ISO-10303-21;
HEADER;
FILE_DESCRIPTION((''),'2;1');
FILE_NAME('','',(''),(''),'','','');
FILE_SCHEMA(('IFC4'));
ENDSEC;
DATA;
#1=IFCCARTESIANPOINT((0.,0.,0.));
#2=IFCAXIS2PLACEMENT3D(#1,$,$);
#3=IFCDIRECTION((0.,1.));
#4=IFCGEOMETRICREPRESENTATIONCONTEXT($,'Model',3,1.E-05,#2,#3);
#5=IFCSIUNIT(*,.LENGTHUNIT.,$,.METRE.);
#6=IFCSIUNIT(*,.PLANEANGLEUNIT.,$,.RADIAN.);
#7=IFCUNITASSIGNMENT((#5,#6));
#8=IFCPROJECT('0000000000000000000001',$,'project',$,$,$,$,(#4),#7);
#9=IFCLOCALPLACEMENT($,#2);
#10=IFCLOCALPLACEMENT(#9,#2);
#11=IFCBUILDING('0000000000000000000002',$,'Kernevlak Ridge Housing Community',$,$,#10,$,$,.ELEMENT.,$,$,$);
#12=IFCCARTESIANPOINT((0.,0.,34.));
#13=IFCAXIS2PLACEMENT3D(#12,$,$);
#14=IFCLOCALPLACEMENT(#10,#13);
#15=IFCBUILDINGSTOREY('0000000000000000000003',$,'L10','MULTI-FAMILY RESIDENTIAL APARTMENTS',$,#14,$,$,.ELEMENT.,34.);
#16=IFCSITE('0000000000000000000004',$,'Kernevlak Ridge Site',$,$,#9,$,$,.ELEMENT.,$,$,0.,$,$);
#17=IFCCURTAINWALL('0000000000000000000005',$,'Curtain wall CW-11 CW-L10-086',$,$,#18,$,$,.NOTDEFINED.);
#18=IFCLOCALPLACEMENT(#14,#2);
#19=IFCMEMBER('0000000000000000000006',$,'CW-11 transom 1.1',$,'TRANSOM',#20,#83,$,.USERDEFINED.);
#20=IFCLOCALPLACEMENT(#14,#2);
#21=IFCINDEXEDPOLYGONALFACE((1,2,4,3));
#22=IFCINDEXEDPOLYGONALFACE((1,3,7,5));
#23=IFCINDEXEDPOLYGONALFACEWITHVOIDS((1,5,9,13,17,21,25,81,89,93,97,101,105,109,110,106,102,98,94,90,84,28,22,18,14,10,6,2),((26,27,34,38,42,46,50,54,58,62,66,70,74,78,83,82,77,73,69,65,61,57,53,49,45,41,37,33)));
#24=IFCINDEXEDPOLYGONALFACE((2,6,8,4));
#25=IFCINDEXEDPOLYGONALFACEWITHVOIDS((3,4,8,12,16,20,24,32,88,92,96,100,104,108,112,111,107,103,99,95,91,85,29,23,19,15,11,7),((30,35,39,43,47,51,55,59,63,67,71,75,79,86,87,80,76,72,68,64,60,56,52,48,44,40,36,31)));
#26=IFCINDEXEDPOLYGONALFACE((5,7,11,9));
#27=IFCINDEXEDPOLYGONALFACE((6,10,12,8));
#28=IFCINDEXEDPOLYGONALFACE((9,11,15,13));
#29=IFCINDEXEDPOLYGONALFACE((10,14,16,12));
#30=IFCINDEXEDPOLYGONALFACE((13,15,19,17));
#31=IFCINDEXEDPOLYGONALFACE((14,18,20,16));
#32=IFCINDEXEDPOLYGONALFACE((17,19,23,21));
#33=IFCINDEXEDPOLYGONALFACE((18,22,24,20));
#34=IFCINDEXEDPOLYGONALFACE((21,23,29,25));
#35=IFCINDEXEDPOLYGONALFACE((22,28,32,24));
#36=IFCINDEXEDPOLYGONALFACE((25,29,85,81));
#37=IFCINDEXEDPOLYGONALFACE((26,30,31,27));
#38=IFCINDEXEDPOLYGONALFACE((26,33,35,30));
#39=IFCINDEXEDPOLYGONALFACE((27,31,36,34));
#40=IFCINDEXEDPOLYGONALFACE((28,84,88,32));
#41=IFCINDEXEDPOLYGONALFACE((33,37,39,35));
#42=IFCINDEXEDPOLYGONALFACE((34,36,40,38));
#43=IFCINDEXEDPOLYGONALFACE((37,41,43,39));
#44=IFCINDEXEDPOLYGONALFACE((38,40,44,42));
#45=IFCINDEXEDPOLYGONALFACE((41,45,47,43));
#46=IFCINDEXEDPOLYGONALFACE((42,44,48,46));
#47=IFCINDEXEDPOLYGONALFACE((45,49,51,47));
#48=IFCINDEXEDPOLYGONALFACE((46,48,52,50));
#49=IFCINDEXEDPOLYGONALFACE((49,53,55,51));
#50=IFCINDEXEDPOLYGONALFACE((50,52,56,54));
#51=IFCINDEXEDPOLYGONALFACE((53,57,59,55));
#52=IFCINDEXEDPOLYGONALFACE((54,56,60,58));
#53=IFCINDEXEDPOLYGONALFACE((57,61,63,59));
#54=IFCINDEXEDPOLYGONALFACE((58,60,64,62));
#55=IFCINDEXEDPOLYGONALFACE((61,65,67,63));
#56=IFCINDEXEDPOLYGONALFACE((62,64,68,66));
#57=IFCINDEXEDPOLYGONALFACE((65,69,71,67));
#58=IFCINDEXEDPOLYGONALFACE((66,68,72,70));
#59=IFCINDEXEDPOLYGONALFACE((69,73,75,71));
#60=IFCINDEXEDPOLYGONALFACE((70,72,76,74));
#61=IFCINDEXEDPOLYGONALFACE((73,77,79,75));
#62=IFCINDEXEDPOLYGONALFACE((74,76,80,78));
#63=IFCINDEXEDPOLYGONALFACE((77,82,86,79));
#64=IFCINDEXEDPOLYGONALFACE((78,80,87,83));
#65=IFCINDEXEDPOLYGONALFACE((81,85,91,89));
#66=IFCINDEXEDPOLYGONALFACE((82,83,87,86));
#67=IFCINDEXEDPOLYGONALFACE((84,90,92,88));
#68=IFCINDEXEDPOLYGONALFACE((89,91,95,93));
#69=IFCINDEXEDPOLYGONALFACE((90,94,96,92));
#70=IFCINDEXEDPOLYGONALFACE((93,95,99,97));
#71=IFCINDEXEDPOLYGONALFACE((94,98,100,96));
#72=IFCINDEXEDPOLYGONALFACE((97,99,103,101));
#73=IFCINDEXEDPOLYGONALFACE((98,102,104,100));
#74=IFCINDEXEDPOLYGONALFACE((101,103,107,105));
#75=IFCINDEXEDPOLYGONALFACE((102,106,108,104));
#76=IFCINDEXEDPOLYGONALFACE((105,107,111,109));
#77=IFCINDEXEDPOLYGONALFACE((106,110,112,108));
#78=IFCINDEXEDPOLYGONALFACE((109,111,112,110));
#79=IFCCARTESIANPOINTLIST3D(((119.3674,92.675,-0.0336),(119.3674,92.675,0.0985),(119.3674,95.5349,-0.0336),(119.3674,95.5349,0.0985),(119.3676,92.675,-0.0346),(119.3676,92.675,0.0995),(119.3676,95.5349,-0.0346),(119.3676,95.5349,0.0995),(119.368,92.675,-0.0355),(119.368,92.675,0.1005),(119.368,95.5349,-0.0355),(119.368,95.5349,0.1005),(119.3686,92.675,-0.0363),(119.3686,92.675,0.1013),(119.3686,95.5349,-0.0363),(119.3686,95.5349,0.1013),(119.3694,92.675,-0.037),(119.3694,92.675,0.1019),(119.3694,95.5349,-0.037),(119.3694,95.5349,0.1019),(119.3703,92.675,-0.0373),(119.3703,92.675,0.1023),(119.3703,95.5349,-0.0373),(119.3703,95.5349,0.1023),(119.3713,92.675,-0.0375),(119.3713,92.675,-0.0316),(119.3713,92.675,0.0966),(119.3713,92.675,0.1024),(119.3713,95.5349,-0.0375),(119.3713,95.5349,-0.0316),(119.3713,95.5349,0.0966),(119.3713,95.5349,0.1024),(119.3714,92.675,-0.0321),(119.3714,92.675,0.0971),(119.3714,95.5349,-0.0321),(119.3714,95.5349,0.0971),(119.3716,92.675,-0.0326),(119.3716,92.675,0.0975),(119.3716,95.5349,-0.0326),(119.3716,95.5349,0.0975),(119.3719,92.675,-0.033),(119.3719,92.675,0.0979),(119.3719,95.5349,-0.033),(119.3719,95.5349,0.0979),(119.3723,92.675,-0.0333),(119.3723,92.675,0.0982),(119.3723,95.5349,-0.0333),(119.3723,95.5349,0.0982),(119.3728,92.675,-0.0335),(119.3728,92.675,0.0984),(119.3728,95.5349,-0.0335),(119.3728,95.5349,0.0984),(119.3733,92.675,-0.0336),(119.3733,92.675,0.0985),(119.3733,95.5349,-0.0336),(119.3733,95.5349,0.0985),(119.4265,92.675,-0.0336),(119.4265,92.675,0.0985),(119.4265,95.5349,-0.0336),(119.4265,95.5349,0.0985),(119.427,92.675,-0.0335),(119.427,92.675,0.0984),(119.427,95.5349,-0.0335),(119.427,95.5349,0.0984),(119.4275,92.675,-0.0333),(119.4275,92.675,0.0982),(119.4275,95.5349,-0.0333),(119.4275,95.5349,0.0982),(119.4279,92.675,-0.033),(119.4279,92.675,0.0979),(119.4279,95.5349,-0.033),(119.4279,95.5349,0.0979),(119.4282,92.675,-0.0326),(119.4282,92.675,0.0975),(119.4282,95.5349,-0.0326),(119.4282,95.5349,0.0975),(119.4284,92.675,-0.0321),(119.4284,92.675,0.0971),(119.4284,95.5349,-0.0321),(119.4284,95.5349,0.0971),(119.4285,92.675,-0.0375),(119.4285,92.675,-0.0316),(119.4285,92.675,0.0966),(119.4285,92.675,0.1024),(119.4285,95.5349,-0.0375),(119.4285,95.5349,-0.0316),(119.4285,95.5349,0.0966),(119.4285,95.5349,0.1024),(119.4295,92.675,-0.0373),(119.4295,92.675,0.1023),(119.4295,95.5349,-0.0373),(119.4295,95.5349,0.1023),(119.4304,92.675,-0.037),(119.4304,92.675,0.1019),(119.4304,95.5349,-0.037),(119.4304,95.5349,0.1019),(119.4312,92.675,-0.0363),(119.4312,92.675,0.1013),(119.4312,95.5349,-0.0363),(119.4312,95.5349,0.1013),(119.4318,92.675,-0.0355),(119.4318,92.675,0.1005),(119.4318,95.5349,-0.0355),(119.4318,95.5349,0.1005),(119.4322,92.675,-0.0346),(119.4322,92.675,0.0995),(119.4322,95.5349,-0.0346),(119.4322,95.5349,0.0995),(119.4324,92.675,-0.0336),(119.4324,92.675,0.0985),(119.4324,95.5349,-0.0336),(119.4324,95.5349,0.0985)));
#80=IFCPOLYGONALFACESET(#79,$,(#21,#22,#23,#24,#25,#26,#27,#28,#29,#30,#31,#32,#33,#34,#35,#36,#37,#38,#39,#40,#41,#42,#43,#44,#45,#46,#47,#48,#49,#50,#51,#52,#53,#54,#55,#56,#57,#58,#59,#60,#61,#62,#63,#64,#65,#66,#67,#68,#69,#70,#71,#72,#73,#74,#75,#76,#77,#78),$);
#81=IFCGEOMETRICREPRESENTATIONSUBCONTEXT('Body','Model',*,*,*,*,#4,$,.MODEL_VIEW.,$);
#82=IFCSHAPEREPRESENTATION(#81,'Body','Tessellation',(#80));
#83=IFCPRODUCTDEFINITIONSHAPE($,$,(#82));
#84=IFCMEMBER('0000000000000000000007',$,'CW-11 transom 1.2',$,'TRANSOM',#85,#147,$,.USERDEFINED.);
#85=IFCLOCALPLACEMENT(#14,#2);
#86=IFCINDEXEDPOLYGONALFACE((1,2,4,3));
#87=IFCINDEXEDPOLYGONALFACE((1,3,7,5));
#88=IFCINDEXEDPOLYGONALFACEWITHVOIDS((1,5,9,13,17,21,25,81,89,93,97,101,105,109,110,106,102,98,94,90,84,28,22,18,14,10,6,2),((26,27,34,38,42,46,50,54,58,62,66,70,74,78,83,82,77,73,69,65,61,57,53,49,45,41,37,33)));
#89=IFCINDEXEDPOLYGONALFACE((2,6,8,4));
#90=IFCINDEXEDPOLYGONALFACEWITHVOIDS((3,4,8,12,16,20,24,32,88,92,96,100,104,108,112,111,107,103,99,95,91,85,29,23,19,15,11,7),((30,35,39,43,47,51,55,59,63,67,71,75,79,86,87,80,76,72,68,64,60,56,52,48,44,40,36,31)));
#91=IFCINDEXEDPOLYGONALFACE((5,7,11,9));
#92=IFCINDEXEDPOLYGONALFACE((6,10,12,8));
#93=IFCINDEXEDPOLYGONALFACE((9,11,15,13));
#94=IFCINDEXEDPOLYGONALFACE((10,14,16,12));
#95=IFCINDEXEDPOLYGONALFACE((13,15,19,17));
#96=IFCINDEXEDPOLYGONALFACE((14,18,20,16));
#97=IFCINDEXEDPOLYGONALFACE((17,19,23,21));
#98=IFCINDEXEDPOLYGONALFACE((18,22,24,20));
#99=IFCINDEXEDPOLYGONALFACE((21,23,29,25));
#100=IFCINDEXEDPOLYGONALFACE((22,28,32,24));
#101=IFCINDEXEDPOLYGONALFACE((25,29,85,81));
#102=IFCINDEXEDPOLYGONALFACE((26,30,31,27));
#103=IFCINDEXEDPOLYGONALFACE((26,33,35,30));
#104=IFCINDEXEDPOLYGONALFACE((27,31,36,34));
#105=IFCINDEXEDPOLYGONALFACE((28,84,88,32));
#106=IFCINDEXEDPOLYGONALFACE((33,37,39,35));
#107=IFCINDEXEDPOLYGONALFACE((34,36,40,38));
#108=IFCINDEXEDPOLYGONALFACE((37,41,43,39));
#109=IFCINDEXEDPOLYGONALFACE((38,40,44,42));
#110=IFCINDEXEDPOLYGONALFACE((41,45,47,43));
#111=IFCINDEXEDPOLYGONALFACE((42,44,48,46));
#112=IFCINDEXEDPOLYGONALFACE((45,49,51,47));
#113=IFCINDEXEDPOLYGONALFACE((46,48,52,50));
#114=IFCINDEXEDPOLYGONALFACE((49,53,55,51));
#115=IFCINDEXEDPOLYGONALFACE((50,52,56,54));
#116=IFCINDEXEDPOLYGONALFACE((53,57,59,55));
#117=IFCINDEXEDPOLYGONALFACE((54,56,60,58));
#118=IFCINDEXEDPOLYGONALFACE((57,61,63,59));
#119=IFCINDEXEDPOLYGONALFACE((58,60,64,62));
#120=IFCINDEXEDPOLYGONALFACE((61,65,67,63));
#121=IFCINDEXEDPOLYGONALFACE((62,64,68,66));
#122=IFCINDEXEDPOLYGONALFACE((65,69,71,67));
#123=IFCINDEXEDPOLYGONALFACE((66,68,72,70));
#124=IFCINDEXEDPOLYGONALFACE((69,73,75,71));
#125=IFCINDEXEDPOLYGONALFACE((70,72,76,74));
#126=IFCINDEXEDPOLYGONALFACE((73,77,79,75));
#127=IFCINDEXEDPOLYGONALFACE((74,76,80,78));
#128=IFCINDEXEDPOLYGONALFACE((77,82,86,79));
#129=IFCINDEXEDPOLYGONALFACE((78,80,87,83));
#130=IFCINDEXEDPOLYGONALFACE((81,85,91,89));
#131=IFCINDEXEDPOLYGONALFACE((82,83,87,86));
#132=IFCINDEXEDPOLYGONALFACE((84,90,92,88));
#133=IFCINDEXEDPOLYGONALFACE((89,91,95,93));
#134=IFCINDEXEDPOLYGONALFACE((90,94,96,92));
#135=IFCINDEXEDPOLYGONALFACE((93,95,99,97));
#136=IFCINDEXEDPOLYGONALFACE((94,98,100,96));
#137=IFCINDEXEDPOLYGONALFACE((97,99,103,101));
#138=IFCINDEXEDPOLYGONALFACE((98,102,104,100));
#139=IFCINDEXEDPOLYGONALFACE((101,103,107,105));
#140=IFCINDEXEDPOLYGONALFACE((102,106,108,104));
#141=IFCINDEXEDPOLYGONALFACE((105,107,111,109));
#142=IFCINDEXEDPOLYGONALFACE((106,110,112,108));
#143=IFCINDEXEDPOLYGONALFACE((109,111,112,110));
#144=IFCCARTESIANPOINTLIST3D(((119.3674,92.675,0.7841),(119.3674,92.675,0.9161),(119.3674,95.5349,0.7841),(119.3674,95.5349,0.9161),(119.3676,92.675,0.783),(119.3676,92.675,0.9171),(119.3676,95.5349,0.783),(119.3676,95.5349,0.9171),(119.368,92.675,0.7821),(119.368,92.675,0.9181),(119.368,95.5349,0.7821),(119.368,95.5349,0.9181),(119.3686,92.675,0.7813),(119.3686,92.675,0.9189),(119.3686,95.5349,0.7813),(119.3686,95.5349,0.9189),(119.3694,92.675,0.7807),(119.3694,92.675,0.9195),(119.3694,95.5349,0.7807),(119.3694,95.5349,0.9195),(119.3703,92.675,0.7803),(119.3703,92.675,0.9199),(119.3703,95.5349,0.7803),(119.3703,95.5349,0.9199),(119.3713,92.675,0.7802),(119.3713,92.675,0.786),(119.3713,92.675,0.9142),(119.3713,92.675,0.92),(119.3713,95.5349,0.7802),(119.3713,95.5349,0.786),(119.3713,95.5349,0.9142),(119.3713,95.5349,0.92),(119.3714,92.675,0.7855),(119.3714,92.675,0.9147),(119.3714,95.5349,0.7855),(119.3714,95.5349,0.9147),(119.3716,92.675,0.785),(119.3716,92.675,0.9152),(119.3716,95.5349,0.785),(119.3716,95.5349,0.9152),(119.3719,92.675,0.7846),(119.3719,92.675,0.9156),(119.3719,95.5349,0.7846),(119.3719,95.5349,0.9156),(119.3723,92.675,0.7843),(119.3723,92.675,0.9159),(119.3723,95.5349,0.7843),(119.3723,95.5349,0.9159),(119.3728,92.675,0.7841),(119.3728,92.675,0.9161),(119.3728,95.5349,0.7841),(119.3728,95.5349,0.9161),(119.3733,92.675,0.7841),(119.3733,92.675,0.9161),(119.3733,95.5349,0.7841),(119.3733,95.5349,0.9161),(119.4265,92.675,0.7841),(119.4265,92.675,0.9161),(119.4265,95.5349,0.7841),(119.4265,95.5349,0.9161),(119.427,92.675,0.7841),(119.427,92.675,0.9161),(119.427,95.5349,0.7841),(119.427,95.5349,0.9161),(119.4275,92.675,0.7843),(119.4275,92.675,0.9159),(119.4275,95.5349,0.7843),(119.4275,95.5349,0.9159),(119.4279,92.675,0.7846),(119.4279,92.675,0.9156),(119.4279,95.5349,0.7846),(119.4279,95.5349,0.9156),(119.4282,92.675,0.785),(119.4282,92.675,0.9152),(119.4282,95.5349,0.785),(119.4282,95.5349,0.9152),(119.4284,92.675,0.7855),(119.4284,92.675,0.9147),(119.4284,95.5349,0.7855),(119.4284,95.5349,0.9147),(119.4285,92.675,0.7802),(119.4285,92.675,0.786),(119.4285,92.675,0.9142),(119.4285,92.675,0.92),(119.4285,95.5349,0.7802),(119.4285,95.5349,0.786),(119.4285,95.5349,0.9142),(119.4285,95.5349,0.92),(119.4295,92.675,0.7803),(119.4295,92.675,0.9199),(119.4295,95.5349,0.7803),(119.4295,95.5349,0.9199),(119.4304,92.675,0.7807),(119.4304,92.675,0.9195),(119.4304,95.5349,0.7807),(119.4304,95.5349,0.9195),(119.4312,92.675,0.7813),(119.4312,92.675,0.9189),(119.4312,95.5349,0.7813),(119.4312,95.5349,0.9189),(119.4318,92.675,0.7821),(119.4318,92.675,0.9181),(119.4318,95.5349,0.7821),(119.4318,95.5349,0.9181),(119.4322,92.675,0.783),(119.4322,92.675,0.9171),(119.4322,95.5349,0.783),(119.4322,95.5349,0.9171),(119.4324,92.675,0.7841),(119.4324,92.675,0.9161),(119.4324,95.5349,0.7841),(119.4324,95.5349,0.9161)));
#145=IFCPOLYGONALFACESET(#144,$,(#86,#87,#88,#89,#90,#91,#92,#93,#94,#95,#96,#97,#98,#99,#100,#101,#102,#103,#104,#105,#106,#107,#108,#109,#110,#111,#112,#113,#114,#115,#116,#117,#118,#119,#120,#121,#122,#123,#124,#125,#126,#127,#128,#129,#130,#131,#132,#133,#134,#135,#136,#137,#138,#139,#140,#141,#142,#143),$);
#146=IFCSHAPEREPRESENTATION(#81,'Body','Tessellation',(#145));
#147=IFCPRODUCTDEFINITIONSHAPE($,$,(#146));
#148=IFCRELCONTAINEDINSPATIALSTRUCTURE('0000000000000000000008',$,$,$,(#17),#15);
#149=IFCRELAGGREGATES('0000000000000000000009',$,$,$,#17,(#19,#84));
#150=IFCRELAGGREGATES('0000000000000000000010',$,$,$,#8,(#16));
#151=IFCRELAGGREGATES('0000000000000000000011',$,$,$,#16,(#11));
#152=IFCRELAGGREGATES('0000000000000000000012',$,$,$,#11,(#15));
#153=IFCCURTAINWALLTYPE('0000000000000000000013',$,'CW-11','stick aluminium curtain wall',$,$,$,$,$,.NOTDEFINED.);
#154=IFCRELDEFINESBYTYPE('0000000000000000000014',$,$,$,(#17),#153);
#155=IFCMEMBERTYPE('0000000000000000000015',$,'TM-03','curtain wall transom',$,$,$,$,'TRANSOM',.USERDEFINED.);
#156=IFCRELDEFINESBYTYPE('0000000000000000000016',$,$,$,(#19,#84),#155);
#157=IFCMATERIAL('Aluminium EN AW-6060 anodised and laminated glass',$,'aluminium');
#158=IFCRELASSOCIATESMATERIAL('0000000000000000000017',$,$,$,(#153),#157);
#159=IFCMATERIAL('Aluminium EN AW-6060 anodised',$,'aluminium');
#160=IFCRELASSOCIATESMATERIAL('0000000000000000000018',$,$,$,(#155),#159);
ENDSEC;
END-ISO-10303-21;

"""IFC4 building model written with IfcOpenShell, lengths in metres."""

from ifc_helpers import new_model, si_unit, direction, frame, origin, origin_2d, place, context, subcontext, project, spatial, hollow_rectangle, extrude, material, material_profile, profile_set, type_object, element, aggregate, save


model = new_model("IFC4")

# Units and contexts
model_context = context("Model", 3, precision=1e-05, world=origin(), true_north=direction((0.0, 1.0)))
body_context = subcontext(model_context, "Body", "Model", "MODEL_VIEW")
ifc_project = project(units=[si_unit("LENGTHUNIT", "METRE"), si_unit("PLANEANGLEUNIT", "RADIAN")], contexts=[model_context])

# Site, building, storey
site_placement = place(None, origin())
site = spatial("IfcSite", under=ifc_project, at=site_placement, Name="Kernevlak Ridge Site", CompositionType="ELEMENT", RefElevation=0.0)
building_placement = place(site_placement, origin())
building = spatial("IfcBuilding", under=site, at=building_placement, Name="Kernevlak Ridge Housing Community", CompositionType="ELEMENT")
storey_placement = place(building_placement, frame((0.0, 0.0, 34.0)))
storey = spatial("IfcBuildingStorey", under=building, at=storey_placement, Name="L10", Description="MULTI-FAMILY RESIDENTIAL APARTMENTS", CompositionType="ELEMENT", Elevation=34.0)

# Shared definitions
ifc_material_1 = material(Name="Aluminium EN AW-6060 anodised and laminated glass", Category="aluminium")
ifc_material_2 = material(Name="Aluminium EN AW-6060 anodised", Category="aluminium")

# Curtain wall, members
curtain_wall_type_1 = type_object("IfcCurtainWallType", Name="CW-11", Description="stick aluminium curtain wall", PredefinedType="NOTDEFINED", material=ifc_material_1)
curtain_wall_1_placement = place(storey_placement, origin())
curtain_wall_1 = element("IfcCurtainWall", 1, at=curtain_wall_1_placement, inside=storey, type_object=curtain_wall_type_1, Name="Curtain wall CW-11 CW-L10-086", PredefinedType="NOTDEFINED")
ifc_material_profile_1 = material_profile(ifc_material_2, hollow_rectangle(XDim=0.0649, YDim=0.1399, WallThickness=0.0039, InnerFilletRadius=0.002, OuterFilletRadius=0.0039, at=origin_2d()), Name="ALU 65x140x4")
ifc_profile_set_1 = profile_set([ifc_material_profile_1], Name="Aluminium EN AW-6060 anodised")
member_type_1 = type_object("IfcMemberType", Name="TM-03", Description="curtain wall transom", ElementType="TRANSOM", PredefinedType="USERDEFINED", material=ifc_profile_set_1)
member_1_placement = place(storey_placement, frame((119.3999, 92.675, 0.0325), z_axis=(0.0, 1.0, 0.0), x_axis=(-1.0, 0.0, 0.0)))
member_1 = element("IfcMember", 2, at=member_1_placement, type_object=member_type_1, Name="CW-11 transom 1.1", ObjectType="TRANSOM", PredefinedType="USERDEFINED", context=body_context, shape_type="SweptSolid", body=[
    extrude(hollow_rectangle(XDim=0.0649, YDim=0.1399, WallThickness=0.0039, InnerFilletRadius=0.002, OuterFilletRadius=0.0039, at=origin_2d()), origin(), (0.0, 0.0, 1.0), 2.8599),
])
member_2_placement = place(storey_placement, frame((119.3999, 92.675, 0.8501), z_axis=(0.0, 1.0, 0.0), x_axis=(-1.0, 0.0, 0.0)))
member_2 = element("IfcMember", 3, at=member_2_placement, type_object=member_type_1, Name="CW-11 transom 1.2", ObjectType="TRANSOM", PredefinedType="USERDEFINED", context=body_context, shape_type="SweptSolid", body=[
    extrude(hollow_rectangle(XDim=0.0649, YDim=0.1399, WallThickness=0.0039, InnerFilletRadius=0.002, OuterFilletRadius=0.0039, at=origin_2d()), origin(), (0.0, 0.0, 1.0), 2.8599),
])

aggregate(curtain_wall_1, [member_1, member_2])

save(model, "model.ifc")
